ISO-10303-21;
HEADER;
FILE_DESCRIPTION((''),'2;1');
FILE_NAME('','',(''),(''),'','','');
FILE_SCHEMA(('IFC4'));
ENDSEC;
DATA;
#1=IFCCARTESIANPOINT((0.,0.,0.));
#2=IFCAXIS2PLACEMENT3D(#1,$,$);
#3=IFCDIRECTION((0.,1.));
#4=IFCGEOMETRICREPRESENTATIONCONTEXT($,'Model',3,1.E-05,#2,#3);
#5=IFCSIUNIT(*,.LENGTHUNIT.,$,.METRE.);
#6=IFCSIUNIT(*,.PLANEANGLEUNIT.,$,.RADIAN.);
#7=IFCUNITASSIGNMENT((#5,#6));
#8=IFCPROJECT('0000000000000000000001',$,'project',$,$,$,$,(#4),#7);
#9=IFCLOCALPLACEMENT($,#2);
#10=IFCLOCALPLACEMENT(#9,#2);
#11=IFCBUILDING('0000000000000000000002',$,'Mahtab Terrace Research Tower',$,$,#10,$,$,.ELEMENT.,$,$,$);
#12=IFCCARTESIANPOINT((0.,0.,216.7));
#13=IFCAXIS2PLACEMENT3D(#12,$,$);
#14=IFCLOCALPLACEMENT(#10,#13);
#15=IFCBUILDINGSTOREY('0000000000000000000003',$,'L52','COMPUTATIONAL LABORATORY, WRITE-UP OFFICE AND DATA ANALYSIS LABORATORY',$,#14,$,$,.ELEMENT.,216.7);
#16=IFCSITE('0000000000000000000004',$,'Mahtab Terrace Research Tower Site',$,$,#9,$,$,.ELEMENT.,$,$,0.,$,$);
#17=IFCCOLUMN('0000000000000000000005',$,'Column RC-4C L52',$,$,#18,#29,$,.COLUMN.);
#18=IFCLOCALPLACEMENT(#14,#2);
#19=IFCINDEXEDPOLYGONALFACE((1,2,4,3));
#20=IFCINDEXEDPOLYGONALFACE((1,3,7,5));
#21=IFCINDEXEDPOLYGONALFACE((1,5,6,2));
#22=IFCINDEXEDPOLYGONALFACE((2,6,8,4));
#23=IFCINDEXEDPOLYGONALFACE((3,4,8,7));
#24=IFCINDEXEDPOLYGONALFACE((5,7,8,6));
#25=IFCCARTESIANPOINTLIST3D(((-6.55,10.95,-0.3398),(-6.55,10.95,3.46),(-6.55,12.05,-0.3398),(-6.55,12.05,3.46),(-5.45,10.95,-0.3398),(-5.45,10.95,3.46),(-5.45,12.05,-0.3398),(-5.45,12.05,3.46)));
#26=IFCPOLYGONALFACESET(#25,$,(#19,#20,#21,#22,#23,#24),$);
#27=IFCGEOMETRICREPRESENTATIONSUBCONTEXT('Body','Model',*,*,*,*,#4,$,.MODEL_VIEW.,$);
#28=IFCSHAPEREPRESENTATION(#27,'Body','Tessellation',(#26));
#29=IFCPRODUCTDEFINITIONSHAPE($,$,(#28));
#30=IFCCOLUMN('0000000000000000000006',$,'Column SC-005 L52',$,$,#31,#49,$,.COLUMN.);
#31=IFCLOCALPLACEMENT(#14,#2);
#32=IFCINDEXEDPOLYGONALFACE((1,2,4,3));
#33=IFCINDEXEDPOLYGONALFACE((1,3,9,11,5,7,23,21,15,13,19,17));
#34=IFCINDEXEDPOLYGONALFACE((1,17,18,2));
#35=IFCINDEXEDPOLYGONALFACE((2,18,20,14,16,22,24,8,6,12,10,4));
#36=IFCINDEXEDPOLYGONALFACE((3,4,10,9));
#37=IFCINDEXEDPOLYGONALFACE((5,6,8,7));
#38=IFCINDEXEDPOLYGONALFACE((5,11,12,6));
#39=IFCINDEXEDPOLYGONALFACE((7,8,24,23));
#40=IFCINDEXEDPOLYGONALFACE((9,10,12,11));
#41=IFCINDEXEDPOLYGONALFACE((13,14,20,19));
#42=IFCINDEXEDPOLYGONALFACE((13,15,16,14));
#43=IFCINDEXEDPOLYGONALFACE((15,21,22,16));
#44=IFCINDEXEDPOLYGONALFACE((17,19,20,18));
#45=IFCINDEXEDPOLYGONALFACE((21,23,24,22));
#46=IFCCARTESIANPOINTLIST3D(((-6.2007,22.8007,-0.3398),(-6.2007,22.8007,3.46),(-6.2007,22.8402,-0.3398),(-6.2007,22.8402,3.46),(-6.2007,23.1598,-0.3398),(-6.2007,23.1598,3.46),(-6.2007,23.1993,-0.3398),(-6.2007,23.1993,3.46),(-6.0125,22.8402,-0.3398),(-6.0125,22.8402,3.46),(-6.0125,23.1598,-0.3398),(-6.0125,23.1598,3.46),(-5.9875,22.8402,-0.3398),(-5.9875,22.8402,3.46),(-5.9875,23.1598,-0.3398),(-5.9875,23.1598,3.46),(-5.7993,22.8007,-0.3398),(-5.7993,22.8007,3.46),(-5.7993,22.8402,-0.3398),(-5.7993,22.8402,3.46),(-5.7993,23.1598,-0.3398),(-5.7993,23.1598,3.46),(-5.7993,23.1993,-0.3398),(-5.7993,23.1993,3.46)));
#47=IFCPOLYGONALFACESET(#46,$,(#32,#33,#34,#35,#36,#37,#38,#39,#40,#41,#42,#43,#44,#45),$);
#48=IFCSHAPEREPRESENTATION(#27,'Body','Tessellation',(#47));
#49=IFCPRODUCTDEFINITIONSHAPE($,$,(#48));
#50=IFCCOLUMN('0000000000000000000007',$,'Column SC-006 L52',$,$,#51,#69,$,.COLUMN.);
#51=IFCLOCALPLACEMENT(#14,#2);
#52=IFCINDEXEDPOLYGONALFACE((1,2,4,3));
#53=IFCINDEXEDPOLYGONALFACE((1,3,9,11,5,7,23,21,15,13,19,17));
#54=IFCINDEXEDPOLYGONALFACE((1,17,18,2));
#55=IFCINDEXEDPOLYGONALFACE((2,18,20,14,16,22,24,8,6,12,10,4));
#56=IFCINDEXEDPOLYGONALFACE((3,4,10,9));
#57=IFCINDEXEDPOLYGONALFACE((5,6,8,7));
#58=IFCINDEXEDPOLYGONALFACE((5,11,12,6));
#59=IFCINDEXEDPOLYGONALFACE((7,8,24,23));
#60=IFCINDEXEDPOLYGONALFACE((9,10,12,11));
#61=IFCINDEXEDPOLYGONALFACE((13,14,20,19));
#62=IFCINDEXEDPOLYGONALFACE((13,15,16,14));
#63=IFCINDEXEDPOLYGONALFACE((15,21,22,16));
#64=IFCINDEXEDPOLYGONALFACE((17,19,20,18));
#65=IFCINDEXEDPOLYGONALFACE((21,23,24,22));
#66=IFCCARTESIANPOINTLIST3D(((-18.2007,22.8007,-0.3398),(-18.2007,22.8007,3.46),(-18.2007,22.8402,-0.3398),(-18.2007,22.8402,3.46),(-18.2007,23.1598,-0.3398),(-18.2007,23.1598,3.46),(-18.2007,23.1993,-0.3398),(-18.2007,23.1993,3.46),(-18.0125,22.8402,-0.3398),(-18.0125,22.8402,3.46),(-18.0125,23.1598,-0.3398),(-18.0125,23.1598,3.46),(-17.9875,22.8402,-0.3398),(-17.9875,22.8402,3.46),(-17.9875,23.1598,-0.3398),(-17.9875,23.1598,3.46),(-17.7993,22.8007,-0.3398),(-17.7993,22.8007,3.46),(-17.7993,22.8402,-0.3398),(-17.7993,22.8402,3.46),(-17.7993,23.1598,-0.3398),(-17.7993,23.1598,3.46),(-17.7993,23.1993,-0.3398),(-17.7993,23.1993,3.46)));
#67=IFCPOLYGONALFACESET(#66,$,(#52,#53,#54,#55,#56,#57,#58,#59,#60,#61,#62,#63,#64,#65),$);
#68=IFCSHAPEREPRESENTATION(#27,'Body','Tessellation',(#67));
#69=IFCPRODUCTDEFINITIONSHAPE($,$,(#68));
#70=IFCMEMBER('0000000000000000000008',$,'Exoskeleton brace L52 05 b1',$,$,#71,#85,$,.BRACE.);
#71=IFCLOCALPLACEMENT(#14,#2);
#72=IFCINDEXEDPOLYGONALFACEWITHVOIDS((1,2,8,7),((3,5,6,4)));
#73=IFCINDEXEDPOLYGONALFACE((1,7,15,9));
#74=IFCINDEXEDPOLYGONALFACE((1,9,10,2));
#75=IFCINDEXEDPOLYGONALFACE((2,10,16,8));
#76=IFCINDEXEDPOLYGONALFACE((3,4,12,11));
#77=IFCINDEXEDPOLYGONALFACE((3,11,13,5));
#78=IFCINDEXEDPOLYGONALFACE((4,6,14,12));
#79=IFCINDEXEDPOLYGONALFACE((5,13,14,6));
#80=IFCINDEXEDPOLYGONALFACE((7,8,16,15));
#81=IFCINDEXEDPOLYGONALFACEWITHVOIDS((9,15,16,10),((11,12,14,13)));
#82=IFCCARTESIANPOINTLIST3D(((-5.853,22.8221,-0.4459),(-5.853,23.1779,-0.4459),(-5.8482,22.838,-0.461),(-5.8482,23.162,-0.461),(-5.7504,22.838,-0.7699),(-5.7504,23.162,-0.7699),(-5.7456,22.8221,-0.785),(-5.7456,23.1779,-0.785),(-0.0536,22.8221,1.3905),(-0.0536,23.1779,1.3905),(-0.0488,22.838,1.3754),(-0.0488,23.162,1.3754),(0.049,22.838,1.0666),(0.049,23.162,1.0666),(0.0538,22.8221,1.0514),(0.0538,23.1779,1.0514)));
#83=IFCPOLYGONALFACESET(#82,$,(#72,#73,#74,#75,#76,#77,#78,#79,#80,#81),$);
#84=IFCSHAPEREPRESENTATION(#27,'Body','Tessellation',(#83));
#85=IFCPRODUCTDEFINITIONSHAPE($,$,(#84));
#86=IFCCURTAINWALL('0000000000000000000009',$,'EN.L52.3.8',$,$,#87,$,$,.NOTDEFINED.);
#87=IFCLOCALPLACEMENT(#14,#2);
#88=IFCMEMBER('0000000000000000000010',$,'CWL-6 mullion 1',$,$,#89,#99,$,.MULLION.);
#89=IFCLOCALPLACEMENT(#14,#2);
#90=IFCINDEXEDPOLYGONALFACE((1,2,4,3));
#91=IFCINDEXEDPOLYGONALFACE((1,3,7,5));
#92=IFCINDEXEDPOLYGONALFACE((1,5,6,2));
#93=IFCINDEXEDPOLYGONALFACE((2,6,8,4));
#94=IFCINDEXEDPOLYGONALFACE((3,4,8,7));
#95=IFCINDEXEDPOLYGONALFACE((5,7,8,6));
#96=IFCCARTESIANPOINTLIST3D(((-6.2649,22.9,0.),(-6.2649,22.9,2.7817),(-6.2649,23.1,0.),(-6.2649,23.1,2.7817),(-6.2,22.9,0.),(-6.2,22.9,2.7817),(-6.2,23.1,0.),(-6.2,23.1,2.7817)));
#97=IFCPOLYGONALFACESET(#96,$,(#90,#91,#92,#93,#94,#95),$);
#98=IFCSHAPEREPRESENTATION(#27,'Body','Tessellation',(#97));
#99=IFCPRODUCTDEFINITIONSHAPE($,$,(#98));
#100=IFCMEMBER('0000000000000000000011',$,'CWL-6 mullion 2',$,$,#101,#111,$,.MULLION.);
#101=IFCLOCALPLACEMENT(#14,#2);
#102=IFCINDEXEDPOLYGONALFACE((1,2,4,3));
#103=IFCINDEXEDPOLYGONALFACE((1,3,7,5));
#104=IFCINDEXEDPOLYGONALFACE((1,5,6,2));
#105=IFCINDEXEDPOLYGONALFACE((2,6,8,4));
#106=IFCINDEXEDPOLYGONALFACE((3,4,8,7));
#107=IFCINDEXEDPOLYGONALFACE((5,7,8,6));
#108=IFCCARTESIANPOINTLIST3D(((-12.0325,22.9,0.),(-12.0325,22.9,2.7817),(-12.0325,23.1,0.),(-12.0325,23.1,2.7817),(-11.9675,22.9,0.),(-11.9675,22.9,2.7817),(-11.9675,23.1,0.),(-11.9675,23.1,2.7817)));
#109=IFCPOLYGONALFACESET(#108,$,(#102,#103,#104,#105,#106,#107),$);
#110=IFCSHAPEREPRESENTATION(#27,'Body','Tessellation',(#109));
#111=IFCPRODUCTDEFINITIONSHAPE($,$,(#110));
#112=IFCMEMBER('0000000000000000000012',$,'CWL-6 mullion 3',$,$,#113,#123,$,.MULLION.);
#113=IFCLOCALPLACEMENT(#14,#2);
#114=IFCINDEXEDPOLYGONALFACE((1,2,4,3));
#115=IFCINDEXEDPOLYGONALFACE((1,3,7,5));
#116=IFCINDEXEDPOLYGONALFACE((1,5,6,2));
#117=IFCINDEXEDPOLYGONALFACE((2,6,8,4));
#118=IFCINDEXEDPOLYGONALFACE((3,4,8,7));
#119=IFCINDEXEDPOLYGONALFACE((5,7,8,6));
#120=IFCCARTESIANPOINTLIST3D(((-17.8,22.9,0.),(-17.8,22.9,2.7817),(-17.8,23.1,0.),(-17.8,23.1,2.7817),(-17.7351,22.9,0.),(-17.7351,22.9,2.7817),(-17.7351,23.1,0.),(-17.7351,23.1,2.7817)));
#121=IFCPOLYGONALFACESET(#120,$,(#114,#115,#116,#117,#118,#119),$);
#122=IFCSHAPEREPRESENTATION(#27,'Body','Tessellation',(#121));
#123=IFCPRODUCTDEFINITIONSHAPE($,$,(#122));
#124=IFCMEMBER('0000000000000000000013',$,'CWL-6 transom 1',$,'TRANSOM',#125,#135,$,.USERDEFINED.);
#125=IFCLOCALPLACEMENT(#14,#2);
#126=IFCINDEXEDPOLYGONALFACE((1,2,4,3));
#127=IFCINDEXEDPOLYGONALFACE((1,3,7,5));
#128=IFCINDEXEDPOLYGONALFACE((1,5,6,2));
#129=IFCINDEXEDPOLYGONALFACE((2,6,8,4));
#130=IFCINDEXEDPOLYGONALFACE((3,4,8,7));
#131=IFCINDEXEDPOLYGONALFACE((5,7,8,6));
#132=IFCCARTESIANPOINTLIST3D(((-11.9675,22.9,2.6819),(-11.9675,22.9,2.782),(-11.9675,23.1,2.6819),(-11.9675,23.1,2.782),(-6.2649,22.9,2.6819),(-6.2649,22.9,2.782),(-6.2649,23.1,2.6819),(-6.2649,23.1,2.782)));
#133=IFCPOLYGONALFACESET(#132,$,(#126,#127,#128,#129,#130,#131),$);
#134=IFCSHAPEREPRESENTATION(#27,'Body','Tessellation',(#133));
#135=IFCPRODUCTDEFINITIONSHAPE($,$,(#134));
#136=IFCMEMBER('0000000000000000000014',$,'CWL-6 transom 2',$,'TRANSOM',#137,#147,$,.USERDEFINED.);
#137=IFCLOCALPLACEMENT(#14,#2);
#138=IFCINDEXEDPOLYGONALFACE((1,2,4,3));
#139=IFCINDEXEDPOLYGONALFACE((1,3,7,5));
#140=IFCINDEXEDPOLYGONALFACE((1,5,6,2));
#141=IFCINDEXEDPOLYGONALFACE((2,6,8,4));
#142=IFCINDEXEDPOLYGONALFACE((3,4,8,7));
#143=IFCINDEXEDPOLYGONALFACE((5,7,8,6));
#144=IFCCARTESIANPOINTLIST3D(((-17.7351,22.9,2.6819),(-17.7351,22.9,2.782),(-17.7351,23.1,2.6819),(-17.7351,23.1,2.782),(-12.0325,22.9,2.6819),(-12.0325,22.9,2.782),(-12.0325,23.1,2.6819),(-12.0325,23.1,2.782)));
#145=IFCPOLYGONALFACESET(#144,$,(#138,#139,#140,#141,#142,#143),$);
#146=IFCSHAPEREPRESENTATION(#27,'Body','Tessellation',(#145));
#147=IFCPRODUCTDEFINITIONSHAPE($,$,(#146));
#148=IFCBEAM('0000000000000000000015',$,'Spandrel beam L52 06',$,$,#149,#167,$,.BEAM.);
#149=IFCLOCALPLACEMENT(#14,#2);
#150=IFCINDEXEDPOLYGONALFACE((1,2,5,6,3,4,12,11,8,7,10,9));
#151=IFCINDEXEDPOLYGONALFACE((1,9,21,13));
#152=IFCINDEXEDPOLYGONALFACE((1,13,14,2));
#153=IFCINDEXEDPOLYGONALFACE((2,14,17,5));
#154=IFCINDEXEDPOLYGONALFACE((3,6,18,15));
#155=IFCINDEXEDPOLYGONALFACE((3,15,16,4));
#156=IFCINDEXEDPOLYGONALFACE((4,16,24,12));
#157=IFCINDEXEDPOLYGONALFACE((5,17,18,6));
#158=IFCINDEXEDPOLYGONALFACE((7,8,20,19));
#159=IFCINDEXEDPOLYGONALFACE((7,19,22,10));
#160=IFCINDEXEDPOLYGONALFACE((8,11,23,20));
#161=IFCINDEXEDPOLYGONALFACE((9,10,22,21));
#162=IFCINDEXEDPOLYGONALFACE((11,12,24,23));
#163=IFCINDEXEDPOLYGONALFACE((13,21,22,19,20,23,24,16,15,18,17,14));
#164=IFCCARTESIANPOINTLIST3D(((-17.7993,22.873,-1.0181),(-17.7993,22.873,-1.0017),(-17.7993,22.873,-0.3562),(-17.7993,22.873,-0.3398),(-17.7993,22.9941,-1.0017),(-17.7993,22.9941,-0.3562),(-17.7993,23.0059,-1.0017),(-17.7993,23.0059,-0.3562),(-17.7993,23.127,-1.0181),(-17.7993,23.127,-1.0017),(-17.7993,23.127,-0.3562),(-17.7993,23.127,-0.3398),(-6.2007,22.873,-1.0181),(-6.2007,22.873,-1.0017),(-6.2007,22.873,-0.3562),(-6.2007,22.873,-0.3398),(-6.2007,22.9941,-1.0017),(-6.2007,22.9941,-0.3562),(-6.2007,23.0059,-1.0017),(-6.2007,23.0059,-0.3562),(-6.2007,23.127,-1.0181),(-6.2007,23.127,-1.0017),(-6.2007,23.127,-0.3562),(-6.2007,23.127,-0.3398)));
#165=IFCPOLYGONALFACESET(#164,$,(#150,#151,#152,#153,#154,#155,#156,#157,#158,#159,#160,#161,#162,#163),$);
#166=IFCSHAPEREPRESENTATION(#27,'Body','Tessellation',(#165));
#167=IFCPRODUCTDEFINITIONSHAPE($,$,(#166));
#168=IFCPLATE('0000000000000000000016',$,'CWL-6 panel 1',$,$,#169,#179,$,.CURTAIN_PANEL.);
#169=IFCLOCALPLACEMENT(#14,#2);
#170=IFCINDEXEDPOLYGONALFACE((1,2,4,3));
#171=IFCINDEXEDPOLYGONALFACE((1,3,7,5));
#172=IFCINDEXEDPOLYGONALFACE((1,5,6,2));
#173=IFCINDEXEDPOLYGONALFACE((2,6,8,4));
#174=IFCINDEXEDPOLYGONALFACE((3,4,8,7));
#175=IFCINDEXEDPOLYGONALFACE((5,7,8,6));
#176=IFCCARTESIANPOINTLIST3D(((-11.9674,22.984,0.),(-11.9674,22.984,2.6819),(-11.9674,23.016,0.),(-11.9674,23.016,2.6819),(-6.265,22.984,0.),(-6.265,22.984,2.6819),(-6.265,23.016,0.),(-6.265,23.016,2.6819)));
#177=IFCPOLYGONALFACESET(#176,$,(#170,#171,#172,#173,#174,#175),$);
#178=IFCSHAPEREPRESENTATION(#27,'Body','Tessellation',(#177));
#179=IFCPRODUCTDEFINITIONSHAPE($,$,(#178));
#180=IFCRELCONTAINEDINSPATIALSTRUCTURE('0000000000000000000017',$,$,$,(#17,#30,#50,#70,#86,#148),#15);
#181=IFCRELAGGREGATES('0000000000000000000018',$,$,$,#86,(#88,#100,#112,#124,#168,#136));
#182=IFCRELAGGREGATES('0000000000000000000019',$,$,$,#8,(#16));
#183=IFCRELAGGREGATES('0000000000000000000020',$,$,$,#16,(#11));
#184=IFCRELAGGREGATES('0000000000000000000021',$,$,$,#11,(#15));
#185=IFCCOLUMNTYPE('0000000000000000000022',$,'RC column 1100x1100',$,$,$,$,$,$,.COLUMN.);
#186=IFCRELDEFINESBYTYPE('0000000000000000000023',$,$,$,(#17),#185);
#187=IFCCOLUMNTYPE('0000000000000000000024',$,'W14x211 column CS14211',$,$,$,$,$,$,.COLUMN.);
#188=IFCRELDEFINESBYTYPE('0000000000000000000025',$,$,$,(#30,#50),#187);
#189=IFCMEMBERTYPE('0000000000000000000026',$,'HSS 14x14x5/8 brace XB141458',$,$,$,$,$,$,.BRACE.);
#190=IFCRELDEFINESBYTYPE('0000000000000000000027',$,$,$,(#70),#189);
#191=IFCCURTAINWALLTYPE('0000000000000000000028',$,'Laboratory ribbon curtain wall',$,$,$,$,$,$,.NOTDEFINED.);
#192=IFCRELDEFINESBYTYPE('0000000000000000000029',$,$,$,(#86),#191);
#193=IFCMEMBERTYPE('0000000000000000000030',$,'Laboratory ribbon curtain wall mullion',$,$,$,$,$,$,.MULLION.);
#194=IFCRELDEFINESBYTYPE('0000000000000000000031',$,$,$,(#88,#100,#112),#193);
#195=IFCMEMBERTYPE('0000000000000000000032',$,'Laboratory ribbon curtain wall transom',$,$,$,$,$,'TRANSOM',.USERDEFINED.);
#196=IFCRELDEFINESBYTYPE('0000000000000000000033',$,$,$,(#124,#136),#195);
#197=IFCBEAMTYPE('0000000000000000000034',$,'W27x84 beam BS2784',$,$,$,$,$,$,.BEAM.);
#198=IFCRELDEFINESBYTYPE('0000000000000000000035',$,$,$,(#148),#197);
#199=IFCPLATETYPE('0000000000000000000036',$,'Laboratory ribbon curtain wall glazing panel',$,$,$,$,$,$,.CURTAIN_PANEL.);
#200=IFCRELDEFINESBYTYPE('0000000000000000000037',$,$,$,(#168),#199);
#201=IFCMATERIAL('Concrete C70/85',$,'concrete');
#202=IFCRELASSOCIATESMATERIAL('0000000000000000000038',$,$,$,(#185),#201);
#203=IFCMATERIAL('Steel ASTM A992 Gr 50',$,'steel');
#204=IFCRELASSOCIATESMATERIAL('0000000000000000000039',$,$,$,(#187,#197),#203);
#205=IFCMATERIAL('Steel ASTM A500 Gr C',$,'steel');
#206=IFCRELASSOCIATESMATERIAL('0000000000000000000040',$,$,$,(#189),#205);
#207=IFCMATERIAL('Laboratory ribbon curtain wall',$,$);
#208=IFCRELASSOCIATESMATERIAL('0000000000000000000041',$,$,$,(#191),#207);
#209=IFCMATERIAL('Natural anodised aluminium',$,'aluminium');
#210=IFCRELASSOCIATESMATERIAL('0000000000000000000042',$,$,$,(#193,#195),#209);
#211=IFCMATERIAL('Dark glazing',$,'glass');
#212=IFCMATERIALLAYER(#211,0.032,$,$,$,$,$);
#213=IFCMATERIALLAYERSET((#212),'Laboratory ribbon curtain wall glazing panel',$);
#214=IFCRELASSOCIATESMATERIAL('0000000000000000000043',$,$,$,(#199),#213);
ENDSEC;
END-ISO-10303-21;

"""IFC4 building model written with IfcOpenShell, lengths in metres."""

from ifc_helpers import new_model, si_unit, direction, frame, origin, origin_2d, place, context, subcontext, project, spatial, rectangle, hollow_rectangle, i_section, extrude, material, layer, layer_set, material_profile, profile_set, type_object, element, aggregate, save


model = new_model("IFC4")

# Units and contexts
model_context = context("Model", 3, precision=1e-05, world=origin(), true_north=direction((0.0, 1.0)))
body_context = subcontext(model_context, "Body", "Model", "MODEL_VIEW")
ifc_project = project(units=[si_unit("LENGTHUNIT", "METRE"), si_unit("PLANEANGLEUNIT", "RADIAN")], contexts=[model_context])

# Site, building, storey
site_placement = place(None, origin())
site = spatial("IfcSite", under=ifc_project, at=site_placement, Name="Mahtab Terrace Research Tower Site", CompositionType="ELEMENT", RefElevation=0.0)
building_placement = place(site_placement, origin())
building = spatial("IfcBuilding", under=site, at=building_placement, Name="Mahtab Terrace Research Tower", CompositionType="ELEMENT")
storey_placement = place(building_placement, frame((0.0, 0.0, 216.7)))
storey = spatial("IfcBuildingStorey", under=building, at=storey_placement, Name="L52", Description="COMPUTATIONAL LABORATORY, WRITE-UP OFFICE AND DATA ANALYSIS LABORATORY", CompositionType="ELEMENT", Elevation=216.7)

# Columns
ifc_material_1 = material(Name="Concrete C70/85", Category="concrete")
ifc_material_profile_1 = material_profile(ifc_material_1, rectangle(XDim=1.1001, YDim=1.1001, at=origin_2d()), Name="RC column 1100x1100")
ifc_profile_set_1 = profile_set([ifc_material_profile_1], Name="Concrete C70/85")
column_type_1 = type_object("IfcColumnType", Name="RC column 1100x1100", PredefinedType="COLUMN", material=ifc_profile_set_1)
column_placement = place(storey_placement, frame((-6.0, 11.5, -0.3398), z_axis=(0.0, 0.0, 1.0), x_axis=(1.0, 0.0, 0.0)))
element("IfcColumn", 1, at=column_placement, inside=storey, type_object=column_type_1, Name="Column RC-4C L52", PredefinedType="COLUMN", context=body_context, shape_type="SweptSolid", body=[
    extrude(rectangle(XDim=1.1001, YDim=1.1001, at=origin_2d()), origin(), (0.0, 0.0, 1.0), 3.7998),
])
ifc_material_2 = material(Name="Steel ASTM A992 Gr 50", Category="steel")
ifc_material_profile_2 = material_profile(ifc_material_2, i_section(OverallWidth=0.4014, OverallDepth=0.3987, WebThickness=0.0249, FlangeThickness=0.0396, at=origin_2d()), Name="W14X211")
ifc_profile_set_2 = profile_set([ifc_material_profile_2], Name="Steel ASTM A992 Gr 50")
column_type_2 = type_object("IfcColumnType", Name="W14x211 column CS14211", PredefinedType="COLUMN", material=ifc_profile_set_2)
for number, where, z_axis, x_axis, name in (
    (2, (-6.0, 23.0, -0.3398), (0.0, 0.0, 1.0), (1.0, 0.0, 0.0), "Column SC-005 L52"),
    (3, (-18.0, 23.0, -0.3398), (0.0, 0.0, 1.0), (1.0, 0.0, 0.0), "Column SC-006 L52"),
):
    element("IfcColumn", number, at=place(storey_placement, frame(where, z_axis=z_axis, x_axis=x_axis)), inside=storey, type_object=column_type_2, Name=name, PredefinedType="COLUMN", context=body_context, shape_type="SweptSolid", body=[
        extrude(i_section(OverallWidth=0.4014, OverallDepth=0.3987, WebThickness=0.0249, FlangeThickness=0.0396, at=origin_2d()), origin(), (0.0, 0.0, 1.0), 3.7998),
    ])

# Member
ifc_material_3 = material(Name="Steel ASTM A500 Gr C", Category="steel")
ifc_material_profile_3 = material_profile(ifc_material_3, hollow_rectangle(XDim=0.3557, YDim=0.3557, WallThickness=0.0159, at=origin_2d()), Name="HSS14X14X5/8")
ifc_profile_set_3 = profile_set([ifc_material_profile_3], Name="Steel ASTM A500 Gr C")
member_type_1 = type_object("IfcMemberType", Name="HSS 14x14x5/8 brace XB141458", PredefinedType="BRACE", material=ifc_profile_set_3)
member_1_placement = place(storey_placement, frame((-5.7993, 23.0, -0.6155), z_axis=(0.953343, 0.0, 0.301888), x_axis=(0.0, 1.0, 0.0)))
element("IfcMember", 4, at=member_1_placement, inside=storey, type_object=member_type_1, Name="Exoskeleton brace L52 05 b1", PredefinedType="BRACE", context=body_context, shape_type="SweptSolid", body=[
    extrude(hollow_rectangle(XDim=0.3557, YDim=0.3557, WallThickness=0.0159, at=origin_2d()), origin(), (0.0, 0.0, 1.0), 6.0833),
])

# Curtain wall, members
ifc_material_4 = material(Name="Laboratory ribbon curtain wall")
curtain_wall_type = type_object("IfcCurtainWallType", Name="Laboratory ribbon curtain wall", PredefinedType="NOTDEFINED", material=ifc_material_4)
curtain_wall_placement = place(storey_placement, origin())
curtain_wall = element("IfcCurtainWall", 5, at=curtain_wall_placement, inside=storey, type_object=curtain_wall_type, Name="EN.L52.3.8", PredefinedType="NOTDEFINED")
ifc_material_5 = material(Name="Natural anodised aluminium", Category="aluminium")
ifc_material_profile_4 = material_profile(ifc_material_5, rectangle(XDim=0.2, YDim=0.0649, at=origin_2d()), Name="MULLION 65x200")
ifc_profile_set_4 = profile_set([ifc_material_profile_4], Name="Natural anodised aluminium")
member_type_2 = type_object("IfcMemberType", Name="Laboratory ribbon curtain wall mullion", PredefinedType="MULLION", material=ifc_profile_set_4)
member_2_placement = place(storey_placement, frame((-6.2324, 23.0, 0.0), z_axis=(0.0, 0.0, 1.0), x_axis=(0.0, -1.0, 0.0)))
member_2 = element("IfcMember", 6, at=member_2_placement, type_object=member_type_2, Name="CWL-6 mullion 1", PredefinedType="MULLION", context=body_context, shape_type="SweptSolid", body=[
    extrude(rectangle(XDim=0.2, YDim=0.0649, at=origin_2d()), origin(), (0.0, 0.0, 1.0), 2.7817),
])
member_3_placement = place(storey_placement, frame((-12.0, 23.0, 0.0), z_axis=(0.0, 0.0, 1.0), x_axis=(0.0, -1.0, 0.0)))
member_3 = element("IfcMember", 7, at=member_3_placement, type_object=member_type_2, Name="CWL-6 mullion 2", PredefinedType="MULLION", context=body_context, shape_type="SweptSolid", body=[
    extrude(rectangle(XDim=0.2, YDim=0.0649, at=origin_2d()), origin(), (0.0, 0.0, 1.0), 2.7817),
])
member_4_placement = place(storey_placement, frame((-17.7676, 23.0, 0.0), z_axis=(0.0, 0.0, 1.0), x_axis=(0.0, -1.0, 0.0)))
member_4 = element("IfcMember", 8, at=member_4_placement, type_object=member_type_2, Name="CWL-6 mullion 3", PredefinedType="MULLION", context=body_context, shape_type="SweptSolid", body=[
    extrude(rectangle(XDim=0.2, YDim=0.0649, at=origin_2d()), origin(), (0.0, 0.0, 1.0), 2.7817),
])
ifc_material_profile_5 = material_profile(ifc_material_5, rectangle(XDim=0.2, YDim=0.1001, at=origin_2d()), Name="TRANSOM 100x200")
ifc_profile_set_5 = profile_set([ifc_material_profile_5], Name="Natural anodised aluminium")
member_type_3 = type_object("IfcMemberType", Name="Laboratory ribbon curtain wall transom", ElementType="TRANSOM", PredefinedType="USERDEFINED", material=ifc_profile_set_5)
member_5_placement = place(storey_placement, frame((-6.2649, 23.0, 2.7319), z_axis=(-1.0, 0.0, 0.0), x_axis=(0.0, -1.0, 0.0)))
member_5 = element("IfcMember", 9, at=member_5_placement, type_object=member_type_3, Name="CWL-6 transom 1", ObjectType="TRANSOM", PredefinedType="USERDEFINED", context=body_context, shape_type="SweptSolid", body=[
    extrude(rectangle(XDim=0.2, YDim=0.1001, at=origin_2d()), origin(), (0.0, 0.0, 1.0), 5.7026),
])
member_6_placement = place(storey_placement, frame((-12.0325, 23.0, 2.7319), z_axis=(-1.0, 0.0, 0.0), x_axis=(0.0, -1.0, 0.0)))
member_6 = element("IfcMember", 10, at=member_6_placement, type_object=member_type_3, Name="CWL-6 transom 2", ObjectType="TRANSOM", PredefinedType="USERDEFINED", context=body_context, shape_type="SweptSolid", body=[
    extrude(rectangle(XDim=0.2, YDim=0.1001, at=origin_2d()), origin(), (0.0, 0.0, 1.0), 5.7026),
])

# Beam
ifc_material_profile_6 = material_profile(ifc_material_2, i_section(OverallWidth=0.2539, OverallDepth=0.6782, WebThickness=0.0117, FlangeThickness=0.0164, at=origin_2d()), Name="W27X84")
ifc_profile_set_6 = profile_set([ifc_material_profile_6], Name="Steel ASTM A992 Gr 50")
beam_type = type_object("IfcBeamType", Name="W27x84 beam BS2784", PredefinedType="BEAM", material=ifc_profile_set_6)
beam_placement = place(storey_placement, frame((-6.2007, 23.0, -0.679), z_axis=(-1.0, 0.0, 0.0), x_axis=(0.0, -1.0, 0.0)))
element("IfcBeam", 11, at=beam_placement, inside=storey, type_object=beam_type, Name="Spandrel beam L52 06", PredefinedType="BEAM", context=body_context, shape_type="SweptSolid", body=[
    extrude(i_section(OverallWidth=0.2539, OverallDepth=0.6782, WebThickness=0.0117, FlangeThickness=0.0164, at=origin_2d()), origin(), (0.0, 0.0, 1.0), 11.5986),
])

# Plate
ifc_material_6 = material(Name="Dark glazing", Category="glass")
ifc_layer_1 = layer(ifc_material_6, 0.032)
ifc_layer_set_1 = layer_set([ifc_layer_1], Name="Laboratory ribbon curtain wall glazing panel")
plate_type = type_object("IfcPlateType", Name="Laboratory ribbon curtain wall glazing panel", PredefinedType="CURTAIN_PANEL", material=ifc_layer_set_1)
plate_1_placement = place(storey_placement, frame((-9.1162, 23.0, 0.0), z_axis=(0.0, 0.0, 1.0), x_axis=(-1.0, 0.0, 0.0)))
plate_1 = element("IfcPlate", 12, at=plate_1_placement, type_object=plate_type, Name="CWL-6 panel 1", PredefinedType="CURTAIN_PANEL", context=body_context, shape_type="SweptSolid", body=[
    extrude(rectangle(XDim=5.7024, YDim=0.032, at=origin_2d()), origin(), (0.0, 0.0, 1.0), 2.6819),
])
aggregate(curtain_wall, [member_2, member_3, member_4, member_5, plate_1, member_6])

save(model, "model.ifc")
